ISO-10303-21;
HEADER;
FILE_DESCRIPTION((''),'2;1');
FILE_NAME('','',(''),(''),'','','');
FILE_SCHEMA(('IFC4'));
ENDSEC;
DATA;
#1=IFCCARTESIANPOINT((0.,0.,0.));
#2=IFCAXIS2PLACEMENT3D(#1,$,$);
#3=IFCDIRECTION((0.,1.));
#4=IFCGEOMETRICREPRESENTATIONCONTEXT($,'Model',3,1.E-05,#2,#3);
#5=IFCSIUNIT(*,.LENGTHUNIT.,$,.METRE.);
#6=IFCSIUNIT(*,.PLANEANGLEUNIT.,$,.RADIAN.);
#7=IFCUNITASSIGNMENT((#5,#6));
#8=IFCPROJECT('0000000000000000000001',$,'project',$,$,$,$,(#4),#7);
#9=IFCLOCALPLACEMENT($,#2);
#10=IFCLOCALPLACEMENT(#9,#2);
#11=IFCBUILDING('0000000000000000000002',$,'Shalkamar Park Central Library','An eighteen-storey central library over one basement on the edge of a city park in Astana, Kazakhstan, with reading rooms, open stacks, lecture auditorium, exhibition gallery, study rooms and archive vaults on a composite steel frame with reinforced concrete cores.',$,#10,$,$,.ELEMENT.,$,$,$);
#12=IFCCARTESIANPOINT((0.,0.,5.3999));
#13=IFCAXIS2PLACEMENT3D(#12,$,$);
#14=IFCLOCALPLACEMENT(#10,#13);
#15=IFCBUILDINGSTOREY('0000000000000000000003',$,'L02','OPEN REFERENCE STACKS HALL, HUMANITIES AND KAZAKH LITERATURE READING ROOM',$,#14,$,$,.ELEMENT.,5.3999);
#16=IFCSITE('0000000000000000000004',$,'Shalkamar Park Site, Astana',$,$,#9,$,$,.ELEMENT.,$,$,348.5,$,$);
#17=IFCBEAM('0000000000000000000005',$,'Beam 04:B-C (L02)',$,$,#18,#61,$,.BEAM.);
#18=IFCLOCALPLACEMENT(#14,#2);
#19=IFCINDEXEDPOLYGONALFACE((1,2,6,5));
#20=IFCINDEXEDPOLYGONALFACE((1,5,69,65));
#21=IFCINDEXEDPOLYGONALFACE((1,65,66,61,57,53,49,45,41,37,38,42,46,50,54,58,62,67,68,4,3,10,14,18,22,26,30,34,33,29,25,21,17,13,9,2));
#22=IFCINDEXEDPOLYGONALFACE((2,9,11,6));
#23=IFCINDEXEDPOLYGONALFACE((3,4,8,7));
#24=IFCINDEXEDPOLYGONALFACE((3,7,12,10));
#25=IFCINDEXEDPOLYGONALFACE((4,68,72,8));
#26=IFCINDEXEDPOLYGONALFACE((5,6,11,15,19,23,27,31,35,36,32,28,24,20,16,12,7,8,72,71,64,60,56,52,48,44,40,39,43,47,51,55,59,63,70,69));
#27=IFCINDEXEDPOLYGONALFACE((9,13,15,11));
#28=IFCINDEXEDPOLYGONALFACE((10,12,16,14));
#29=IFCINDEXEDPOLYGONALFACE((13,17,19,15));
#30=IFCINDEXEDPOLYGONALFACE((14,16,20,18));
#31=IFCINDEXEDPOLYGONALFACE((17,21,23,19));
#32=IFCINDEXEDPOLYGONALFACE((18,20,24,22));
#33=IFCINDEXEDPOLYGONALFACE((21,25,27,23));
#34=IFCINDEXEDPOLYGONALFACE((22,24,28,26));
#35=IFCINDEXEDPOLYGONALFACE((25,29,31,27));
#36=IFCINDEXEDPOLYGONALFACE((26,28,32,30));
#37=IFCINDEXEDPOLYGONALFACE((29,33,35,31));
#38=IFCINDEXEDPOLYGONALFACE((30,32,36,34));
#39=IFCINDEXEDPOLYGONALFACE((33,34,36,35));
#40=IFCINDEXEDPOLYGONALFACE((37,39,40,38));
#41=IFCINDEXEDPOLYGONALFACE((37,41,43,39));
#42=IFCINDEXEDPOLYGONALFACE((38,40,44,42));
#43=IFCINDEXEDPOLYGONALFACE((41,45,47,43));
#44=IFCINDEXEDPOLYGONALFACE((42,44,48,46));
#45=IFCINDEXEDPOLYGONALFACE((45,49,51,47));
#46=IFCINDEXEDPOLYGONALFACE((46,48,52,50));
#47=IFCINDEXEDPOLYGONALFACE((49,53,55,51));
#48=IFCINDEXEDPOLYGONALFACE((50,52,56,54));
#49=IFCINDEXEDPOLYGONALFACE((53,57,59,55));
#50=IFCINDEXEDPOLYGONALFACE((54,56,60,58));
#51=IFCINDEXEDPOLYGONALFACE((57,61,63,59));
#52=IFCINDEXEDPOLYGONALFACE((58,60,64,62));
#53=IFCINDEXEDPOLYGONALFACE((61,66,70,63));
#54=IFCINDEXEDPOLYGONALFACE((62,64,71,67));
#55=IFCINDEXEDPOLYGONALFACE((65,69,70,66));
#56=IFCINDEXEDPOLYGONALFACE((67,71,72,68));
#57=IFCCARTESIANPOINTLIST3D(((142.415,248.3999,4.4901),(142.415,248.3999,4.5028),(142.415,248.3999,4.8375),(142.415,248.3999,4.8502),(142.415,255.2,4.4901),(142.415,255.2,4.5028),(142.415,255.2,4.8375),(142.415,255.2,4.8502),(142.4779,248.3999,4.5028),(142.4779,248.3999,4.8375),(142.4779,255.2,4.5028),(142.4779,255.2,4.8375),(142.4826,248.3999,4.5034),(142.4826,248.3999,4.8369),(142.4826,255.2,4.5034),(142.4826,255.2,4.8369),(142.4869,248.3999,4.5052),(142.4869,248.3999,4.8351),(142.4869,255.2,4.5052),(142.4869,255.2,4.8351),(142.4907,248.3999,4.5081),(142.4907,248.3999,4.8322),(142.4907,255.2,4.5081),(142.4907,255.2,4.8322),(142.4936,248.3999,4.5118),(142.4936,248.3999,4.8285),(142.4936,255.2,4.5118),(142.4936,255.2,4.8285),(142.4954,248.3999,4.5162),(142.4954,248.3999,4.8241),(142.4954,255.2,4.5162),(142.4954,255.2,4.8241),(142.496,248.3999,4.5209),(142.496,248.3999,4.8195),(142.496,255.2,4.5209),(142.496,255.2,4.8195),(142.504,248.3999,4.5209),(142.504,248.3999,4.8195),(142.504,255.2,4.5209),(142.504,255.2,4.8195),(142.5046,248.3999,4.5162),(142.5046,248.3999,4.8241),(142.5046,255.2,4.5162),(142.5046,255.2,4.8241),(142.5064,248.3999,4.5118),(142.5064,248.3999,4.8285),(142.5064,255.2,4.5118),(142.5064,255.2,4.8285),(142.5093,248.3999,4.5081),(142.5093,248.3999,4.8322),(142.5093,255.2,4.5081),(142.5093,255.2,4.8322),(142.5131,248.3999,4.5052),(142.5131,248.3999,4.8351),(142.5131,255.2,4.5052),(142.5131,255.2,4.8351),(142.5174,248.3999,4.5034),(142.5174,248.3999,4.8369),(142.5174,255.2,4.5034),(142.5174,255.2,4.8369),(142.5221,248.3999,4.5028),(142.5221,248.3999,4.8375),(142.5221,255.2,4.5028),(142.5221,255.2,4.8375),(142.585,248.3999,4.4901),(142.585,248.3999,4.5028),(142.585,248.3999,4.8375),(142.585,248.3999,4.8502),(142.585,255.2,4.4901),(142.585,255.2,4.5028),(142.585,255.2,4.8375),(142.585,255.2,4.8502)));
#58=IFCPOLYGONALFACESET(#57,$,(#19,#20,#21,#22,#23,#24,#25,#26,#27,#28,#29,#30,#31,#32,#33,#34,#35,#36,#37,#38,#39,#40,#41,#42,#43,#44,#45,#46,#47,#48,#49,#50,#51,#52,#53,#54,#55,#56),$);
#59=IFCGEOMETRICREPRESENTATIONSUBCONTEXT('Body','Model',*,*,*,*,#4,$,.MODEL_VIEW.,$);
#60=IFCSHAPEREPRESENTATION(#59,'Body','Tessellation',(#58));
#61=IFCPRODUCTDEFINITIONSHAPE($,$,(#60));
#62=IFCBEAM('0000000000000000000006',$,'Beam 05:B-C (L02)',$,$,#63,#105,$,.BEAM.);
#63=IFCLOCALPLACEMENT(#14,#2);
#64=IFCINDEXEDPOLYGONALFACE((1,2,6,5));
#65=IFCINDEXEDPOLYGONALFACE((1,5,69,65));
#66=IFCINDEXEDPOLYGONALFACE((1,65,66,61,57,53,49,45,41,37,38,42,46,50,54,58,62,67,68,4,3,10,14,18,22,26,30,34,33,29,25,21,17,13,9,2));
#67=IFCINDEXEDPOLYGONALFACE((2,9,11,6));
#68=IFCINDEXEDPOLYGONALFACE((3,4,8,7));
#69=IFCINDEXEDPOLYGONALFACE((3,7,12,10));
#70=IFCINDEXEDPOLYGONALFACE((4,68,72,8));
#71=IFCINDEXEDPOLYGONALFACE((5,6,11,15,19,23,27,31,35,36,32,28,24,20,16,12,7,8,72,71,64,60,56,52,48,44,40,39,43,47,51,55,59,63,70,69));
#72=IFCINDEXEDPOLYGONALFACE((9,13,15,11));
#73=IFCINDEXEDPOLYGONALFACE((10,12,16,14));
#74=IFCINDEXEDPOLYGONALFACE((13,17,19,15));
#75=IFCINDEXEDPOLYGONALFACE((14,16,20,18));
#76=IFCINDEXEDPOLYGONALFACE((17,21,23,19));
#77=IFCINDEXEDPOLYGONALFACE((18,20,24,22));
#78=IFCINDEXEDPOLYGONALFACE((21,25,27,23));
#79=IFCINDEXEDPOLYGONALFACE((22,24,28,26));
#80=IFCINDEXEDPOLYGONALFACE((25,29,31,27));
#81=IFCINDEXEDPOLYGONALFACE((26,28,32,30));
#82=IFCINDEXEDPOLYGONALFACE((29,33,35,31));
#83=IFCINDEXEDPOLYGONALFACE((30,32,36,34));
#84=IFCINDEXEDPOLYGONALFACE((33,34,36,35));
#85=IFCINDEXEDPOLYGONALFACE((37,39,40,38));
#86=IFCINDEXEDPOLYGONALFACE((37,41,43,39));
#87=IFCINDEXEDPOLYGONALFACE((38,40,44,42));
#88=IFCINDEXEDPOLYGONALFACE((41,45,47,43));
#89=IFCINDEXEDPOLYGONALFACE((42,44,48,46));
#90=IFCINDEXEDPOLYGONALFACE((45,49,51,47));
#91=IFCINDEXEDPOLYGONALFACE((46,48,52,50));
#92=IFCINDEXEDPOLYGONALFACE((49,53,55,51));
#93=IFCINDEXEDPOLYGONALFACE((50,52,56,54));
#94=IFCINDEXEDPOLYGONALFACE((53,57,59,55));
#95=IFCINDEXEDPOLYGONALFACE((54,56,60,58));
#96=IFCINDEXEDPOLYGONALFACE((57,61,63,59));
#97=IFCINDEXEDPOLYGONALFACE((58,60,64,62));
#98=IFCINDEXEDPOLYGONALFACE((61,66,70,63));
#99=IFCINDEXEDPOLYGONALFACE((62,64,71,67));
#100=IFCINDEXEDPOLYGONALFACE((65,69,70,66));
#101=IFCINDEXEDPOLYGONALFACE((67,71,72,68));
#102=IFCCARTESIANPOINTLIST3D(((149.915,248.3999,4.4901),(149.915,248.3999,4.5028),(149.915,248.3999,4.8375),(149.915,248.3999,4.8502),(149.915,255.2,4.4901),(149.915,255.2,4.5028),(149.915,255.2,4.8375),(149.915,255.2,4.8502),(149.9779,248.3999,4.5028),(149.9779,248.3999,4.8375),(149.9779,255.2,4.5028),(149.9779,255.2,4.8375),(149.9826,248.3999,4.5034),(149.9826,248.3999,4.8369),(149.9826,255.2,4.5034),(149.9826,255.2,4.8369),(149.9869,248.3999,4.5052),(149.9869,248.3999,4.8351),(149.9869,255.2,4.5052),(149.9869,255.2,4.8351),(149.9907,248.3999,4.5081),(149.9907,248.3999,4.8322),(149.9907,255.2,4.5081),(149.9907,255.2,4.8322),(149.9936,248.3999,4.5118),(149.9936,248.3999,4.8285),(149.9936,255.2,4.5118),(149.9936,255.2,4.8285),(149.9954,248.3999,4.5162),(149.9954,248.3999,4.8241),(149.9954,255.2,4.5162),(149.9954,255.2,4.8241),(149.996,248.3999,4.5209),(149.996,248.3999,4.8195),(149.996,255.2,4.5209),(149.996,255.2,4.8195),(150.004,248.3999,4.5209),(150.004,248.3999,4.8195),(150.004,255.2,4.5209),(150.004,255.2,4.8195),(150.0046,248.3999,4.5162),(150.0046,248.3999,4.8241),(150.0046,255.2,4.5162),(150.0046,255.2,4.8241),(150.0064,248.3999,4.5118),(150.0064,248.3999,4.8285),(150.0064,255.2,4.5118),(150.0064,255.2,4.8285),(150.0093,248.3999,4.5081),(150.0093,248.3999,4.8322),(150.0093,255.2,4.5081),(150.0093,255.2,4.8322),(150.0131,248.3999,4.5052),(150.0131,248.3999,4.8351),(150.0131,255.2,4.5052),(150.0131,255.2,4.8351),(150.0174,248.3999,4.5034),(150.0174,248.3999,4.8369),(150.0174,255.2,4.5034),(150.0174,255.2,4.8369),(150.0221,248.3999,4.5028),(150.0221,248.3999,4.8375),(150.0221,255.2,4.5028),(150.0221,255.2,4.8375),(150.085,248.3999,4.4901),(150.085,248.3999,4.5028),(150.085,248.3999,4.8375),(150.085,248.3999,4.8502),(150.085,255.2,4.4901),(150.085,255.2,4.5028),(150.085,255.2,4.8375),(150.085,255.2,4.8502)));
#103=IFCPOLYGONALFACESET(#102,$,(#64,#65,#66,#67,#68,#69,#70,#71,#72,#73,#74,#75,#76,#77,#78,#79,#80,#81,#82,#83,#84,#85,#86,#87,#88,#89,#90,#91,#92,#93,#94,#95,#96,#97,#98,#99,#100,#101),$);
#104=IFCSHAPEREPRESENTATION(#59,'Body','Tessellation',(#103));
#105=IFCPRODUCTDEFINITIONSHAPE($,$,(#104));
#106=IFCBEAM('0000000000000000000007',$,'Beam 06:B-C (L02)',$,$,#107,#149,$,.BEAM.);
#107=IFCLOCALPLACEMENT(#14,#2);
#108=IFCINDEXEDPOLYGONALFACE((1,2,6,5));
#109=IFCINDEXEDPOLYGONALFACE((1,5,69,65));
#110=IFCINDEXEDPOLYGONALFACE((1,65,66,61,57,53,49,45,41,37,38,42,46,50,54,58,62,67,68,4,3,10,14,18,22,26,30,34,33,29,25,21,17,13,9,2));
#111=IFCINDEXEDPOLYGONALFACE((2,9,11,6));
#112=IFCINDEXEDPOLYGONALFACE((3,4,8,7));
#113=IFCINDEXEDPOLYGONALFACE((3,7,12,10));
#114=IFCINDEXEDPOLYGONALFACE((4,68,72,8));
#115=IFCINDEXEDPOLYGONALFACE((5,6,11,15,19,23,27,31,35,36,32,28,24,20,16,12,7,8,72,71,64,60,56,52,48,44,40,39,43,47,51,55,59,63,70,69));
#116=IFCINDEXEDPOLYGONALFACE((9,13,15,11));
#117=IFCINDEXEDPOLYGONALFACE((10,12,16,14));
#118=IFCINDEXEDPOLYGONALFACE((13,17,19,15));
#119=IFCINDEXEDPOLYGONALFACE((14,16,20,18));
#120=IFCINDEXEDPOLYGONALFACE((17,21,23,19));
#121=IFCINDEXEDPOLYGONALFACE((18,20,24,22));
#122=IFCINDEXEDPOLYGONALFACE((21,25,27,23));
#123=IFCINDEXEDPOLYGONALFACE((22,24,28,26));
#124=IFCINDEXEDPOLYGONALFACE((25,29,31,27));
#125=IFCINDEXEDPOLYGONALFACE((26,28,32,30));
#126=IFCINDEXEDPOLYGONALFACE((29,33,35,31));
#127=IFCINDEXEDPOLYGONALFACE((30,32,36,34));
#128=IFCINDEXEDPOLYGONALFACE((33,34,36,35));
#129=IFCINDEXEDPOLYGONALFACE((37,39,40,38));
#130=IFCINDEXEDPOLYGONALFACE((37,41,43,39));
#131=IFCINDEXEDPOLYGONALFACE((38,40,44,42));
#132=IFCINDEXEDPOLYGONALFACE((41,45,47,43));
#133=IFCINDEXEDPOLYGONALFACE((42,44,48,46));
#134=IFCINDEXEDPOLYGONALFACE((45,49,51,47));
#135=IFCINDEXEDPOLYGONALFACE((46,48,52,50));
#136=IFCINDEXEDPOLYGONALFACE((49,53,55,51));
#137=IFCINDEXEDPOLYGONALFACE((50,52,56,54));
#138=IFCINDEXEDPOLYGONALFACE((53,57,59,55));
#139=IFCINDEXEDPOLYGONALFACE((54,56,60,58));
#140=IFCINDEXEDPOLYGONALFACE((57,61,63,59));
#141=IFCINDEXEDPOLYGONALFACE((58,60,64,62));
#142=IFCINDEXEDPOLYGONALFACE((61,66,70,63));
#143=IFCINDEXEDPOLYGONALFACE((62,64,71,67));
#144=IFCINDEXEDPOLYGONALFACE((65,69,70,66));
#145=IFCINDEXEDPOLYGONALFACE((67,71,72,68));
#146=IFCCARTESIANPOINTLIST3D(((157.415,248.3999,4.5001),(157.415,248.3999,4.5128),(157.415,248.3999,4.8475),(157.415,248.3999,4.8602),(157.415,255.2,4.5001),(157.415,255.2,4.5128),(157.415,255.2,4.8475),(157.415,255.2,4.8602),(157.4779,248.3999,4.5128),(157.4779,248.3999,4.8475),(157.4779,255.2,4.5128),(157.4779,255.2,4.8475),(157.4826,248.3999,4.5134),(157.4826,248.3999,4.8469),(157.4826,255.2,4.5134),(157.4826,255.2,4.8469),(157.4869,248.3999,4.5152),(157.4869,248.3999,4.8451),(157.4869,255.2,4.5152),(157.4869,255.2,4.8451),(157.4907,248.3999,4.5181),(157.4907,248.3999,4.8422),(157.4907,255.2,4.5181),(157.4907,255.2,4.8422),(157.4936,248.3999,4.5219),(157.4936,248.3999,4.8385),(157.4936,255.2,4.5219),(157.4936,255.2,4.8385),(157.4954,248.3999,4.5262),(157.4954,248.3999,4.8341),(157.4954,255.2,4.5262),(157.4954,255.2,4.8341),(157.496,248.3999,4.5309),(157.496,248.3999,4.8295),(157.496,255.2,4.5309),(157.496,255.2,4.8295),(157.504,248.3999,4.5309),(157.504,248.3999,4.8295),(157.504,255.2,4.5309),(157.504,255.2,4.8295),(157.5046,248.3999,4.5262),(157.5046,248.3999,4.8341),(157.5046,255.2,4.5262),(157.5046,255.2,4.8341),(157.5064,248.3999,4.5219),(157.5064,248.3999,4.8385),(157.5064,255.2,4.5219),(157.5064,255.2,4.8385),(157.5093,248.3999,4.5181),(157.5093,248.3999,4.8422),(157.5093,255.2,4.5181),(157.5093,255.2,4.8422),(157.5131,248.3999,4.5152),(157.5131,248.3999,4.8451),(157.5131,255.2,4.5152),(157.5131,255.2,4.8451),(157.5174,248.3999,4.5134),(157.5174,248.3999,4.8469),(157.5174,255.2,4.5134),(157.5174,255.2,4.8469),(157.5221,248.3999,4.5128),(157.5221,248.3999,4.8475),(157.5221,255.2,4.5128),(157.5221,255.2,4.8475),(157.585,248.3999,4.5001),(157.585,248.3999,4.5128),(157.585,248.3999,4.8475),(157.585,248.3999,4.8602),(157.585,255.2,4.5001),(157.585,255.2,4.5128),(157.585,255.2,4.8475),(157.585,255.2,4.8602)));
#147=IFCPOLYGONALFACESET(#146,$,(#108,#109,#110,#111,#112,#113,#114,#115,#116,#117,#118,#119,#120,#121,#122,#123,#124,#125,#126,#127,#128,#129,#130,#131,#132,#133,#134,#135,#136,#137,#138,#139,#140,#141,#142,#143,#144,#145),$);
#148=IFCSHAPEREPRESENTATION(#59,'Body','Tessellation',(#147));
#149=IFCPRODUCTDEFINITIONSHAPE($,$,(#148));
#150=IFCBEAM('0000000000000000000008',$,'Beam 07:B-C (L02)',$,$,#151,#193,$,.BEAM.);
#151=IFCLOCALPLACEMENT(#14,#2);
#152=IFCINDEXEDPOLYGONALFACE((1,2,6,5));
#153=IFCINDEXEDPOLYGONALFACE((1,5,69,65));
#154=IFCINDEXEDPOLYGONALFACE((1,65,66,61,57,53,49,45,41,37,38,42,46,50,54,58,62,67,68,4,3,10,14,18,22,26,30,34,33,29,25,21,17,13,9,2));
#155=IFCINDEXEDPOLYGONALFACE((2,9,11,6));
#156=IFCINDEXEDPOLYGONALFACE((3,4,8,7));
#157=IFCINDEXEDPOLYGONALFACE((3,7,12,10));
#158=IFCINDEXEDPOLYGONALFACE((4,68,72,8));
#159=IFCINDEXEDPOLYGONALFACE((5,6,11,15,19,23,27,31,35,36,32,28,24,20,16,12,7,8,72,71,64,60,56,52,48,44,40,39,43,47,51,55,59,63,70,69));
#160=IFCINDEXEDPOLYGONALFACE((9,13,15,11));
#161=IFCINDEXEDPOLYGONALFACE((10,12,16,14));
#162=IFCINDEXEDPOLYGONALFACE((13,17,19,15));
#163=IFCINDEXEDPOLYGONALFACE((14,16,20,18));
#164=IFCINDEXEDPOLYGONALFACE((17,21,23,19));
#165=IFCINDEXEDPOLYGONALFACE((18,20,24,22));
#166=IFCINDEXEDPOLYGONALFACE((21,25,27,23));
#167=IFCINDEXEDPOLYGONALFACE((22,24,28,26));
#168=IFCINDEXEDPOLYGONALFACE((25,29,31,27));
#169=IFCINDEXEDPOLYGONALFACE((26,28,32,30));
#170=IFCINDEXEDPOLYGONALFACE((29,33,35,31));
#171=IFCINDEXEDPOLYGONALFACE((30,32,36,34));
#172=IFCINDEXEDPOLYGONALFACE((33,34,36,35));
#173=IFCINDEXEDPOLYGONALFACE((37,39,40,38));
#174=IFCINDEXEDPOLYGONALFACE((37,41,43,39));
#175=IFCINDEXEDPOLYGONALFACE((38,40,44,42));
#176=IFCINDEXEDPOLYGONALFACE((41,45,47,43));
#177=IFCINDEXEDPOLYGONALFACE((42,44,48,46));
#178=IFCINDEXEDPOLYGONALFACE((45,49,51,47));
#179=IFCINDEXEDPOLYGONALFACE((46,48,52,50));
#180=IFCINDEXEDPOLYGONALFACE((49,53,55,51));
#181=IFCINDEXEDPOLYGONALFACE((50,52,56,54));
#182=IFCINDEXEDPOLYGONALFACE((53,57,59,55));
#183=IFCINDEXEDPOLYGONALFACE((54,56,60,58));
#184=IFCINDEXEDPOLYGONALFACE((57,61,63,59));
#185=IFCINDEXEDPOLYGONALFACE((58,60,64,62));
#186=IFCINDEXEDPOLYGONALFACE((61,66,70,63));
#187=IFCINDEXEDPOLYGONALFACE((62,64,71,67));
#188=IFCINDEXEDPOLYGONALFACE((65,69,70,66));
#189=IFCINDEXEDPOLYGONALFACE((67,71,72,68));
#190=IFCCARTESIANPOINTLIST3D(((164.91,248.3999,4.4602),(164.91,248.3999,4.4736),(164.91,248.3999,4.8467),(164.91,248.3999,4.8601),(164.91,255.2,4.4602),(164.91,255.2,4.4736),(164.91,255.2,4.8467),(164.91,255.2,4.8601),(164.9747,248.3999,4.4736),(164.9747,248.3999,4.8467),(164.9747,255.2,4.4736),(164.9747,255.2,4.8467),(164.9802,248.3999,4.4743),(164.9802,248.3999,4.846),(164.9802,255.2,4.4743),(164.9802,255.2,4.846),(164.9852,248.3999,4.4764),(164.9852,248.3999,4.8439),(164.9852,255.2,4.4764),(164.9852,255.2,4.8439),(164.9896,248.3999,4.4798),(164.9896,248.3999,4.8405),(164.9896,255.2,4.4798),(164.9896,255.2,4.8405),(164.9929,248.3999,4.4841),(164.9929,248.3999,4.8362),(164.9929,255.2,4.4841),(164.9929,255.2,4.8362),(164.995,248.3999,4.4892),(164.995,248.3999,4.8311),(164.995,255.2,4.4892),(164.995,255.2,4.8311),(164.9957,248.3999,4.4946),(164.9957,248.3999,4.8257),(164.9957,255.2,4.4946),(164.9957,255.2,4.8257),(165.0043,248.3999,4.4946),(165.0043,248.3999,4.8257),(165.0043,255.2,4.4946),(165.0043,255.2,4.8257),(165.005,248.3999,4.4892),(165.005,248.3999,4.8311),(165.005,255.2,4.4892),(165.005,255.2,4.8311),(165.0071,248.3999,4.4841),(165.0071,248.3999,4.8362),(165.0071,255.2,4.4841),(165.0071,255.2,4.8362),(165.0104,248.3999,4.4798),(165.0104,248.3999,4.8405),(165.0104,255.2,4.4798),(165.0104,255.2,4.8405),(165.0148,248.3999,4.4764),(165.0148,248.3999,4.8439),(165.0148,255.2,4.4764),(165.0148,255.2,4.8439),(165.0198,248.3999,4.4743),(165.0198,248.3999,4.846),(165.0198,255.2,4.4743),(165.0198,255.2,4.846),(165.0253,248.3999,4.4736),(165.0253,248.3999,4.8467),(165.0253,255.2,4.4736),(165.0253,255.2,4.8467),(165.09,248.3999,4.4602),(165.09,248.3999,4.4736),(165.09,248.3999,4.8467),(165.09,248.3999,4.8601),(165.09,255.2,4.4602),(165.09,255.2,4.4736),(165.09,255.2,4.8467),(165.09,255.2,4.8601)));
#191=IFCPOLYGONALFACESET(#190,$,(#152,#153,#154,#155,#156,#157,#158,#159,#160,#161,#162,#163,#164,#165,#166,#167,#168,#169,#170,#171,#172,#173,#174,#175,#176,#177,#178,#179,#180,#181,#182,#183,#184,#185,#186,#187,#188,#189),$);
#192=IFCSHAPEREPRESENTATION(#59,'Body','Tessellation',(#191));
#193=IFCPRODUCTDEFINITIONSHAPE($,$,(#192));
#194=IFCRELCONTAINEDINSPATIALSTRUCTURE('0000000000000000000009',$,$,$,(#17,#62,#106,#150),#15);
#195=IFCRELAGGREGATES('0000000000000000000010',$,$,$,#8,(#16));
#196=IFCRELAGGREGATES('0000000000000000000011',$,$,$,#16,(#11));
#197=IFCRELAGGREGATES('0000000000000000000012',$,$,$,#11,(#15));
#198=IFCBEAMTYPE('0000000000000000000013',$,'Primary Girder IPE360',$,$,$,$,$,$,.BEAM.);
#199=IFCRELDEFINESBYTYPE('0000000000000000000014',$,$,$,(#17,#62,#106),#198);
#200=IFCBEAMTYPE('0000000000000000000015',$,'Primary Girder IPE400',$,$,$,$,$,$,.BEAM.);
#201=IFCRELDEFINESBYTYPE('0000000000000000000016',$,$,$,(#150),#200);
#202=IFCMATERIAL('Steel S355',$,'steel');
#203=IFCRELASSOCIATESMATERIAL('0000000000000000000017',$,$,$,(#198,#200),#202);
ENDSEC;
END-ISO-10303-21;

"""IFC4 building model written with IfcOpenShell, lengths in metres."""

from ifc_helpers import new_model, si_unit, direction, frame, origin, origin_2d, place, context, subcontext, project, spatial, i_section, extrude, material, material_profile, profile_set, type_object, element, save


model = new_model("IFC4")

# Units and contexts
model_context = context("Model", 3, precision=1e-05, world=origin(), true_north=direction((0.0, 1.0)))
body_context = subcontext(model_context, "Body", "Model", "MODEL_VIEW")
ifc_project = project(units=[si_unit("LENGTHUNIT", "METRE"), si_unit("PLANEANGLEUNIT", "RADIAN")], contexts=[model_context])

# Site, building, storey
site_placement = place(None, origin())
site = spatial("IfcSite", under=ifc_project, at=site_placement, Name="Shalkamar Park Site, Astana", CompositionType="ELEMENT", RefElevation=348.5)
building_placement = place(site_placement, origin())
building = spatial("IfcBuilding", under=site, at=building_placement, Name="Shalkamar Park Central Library", Description="An eighteen-storey central library over one basement on the edge of a city park in Astana, Kazakhstan, with reading rooms, open stacks, lecture auditorium, exhibition gallery, study rooms and archive vaults on a composite steel frame with reinforced concrete cores.", CompositionType="ELEMENT")
storey_placement = place(building_placement, frame((0.0, 0.0, 5.3999)))
storey = spatial("IfcBuildingStorey", under=building, at=storey_placement, Name="L02", Description="OPEN REFERENCE STACKS HALL, HUMANITIES AND KAZAKH LITERATURE READING ROOM", CompositionType="ELEMENT", Elevation=5.3999)

# Shared definitions
ifc_material_1 = material(Name="Steel S355", Category="steel")

# Beams
ifc_material_profile_1 = material_profile(ifc_material_1, i_section(OverallWidth=0.1699, OverallDepth=0.3601, WebThickness=0.0081, FlangeThickness=0.0127, FilletRadius=0.0181, at=origin_2d()), Name="IPE 360")
ifc_profile_set_1 = profile_set([ifc_material_profile_1], Name="Steel S355")
beam_type_1 = type_object("IfcBeamType", Name="Primary Girder IPE360", PredefinedType="BEAM", material=ifc_profile_set_1)
for number, where, z_axis, x_axis, name in (
    (1, (142.5, 248.3999, 4.6702), (0.0, 1.0, 0.0), (-1.0, 0.0, 0.0), "Beam 04:B-C (L02)"),
    (2, (150.0, 248.3999, 4.6702), (0.0, 1.0, 0.0), (-1.0, 0.0, 0.0), "Beam 05:B-C (L02)"),
    (3, (157.5, 248.3999, 4.6802), (0.0, 1.0, 0.0), (-1.0, 0.0, 0.0), "Beam 06:B-C (L02)"),
):
    element("IfcBeam", number, at=place(storey_placement, frame(where, z_axis=z_axis, x_axis=x_axis)), inside=storey, type_object=beam_type_1, Name=name, PredefinedType="BEAM", context=body_context, shape_type="SweptSolid", body=[
        extrude(i_section(OverallWidth=0.1699, OverallDepth=0.3601, WebThickness=0.0081, FlangeThickness=0.0127, FilletRadius=0.0181, at=origin_2d()), origin(), (0.0, 0.0, 1.0), 6.8),
    ])
ifc_material_profile_2 = material_profile(ifc_material_1, i_section(OverallWidth=0.1799, OverallDepth=0.3999, WebThickness=0.0085, FlangeThickness=0.0134, FilletRadius=0.021, at=origin_2d()), Name="IPE 400")
ifc_profile_set_2 = profile_set([ifc_material_profile_2], Name="Steel S355")
beam_type_2 = type_object("IfcBeamType", Name="Primary Girder IPE400", PredefinedType="BEAM", material=ifc_profile_set_2)
for number, where, z_axis, x_axis, name in (
    (4, (165.0, 248.3999, 4.6602), (0.0, 1.0, 0.0), (-1.0, 0.0, 0.0), "Beam 07:B-C (L02)"),
):
    element("IfcBeam", number, at=place(storey_placement, frame(where, z_axis=z_axis, x_axis=x_axis)), inside=storey, type_object=beam_type_2, Name=name, PredefinedType="BEAM", context=body_context, shape_type="SweptSolid", body=[
        extrude(i_section(OverallWidth=0.1799, OverallDepth=0.3999, WebThickness=0.0085, FlangeThickness=0.0134, FilletRadius=0.021, at=origin_2d()), origin(), (0.0, 0.0, 1.0), 6.8),
    ])

save(model, "model.ifc")
